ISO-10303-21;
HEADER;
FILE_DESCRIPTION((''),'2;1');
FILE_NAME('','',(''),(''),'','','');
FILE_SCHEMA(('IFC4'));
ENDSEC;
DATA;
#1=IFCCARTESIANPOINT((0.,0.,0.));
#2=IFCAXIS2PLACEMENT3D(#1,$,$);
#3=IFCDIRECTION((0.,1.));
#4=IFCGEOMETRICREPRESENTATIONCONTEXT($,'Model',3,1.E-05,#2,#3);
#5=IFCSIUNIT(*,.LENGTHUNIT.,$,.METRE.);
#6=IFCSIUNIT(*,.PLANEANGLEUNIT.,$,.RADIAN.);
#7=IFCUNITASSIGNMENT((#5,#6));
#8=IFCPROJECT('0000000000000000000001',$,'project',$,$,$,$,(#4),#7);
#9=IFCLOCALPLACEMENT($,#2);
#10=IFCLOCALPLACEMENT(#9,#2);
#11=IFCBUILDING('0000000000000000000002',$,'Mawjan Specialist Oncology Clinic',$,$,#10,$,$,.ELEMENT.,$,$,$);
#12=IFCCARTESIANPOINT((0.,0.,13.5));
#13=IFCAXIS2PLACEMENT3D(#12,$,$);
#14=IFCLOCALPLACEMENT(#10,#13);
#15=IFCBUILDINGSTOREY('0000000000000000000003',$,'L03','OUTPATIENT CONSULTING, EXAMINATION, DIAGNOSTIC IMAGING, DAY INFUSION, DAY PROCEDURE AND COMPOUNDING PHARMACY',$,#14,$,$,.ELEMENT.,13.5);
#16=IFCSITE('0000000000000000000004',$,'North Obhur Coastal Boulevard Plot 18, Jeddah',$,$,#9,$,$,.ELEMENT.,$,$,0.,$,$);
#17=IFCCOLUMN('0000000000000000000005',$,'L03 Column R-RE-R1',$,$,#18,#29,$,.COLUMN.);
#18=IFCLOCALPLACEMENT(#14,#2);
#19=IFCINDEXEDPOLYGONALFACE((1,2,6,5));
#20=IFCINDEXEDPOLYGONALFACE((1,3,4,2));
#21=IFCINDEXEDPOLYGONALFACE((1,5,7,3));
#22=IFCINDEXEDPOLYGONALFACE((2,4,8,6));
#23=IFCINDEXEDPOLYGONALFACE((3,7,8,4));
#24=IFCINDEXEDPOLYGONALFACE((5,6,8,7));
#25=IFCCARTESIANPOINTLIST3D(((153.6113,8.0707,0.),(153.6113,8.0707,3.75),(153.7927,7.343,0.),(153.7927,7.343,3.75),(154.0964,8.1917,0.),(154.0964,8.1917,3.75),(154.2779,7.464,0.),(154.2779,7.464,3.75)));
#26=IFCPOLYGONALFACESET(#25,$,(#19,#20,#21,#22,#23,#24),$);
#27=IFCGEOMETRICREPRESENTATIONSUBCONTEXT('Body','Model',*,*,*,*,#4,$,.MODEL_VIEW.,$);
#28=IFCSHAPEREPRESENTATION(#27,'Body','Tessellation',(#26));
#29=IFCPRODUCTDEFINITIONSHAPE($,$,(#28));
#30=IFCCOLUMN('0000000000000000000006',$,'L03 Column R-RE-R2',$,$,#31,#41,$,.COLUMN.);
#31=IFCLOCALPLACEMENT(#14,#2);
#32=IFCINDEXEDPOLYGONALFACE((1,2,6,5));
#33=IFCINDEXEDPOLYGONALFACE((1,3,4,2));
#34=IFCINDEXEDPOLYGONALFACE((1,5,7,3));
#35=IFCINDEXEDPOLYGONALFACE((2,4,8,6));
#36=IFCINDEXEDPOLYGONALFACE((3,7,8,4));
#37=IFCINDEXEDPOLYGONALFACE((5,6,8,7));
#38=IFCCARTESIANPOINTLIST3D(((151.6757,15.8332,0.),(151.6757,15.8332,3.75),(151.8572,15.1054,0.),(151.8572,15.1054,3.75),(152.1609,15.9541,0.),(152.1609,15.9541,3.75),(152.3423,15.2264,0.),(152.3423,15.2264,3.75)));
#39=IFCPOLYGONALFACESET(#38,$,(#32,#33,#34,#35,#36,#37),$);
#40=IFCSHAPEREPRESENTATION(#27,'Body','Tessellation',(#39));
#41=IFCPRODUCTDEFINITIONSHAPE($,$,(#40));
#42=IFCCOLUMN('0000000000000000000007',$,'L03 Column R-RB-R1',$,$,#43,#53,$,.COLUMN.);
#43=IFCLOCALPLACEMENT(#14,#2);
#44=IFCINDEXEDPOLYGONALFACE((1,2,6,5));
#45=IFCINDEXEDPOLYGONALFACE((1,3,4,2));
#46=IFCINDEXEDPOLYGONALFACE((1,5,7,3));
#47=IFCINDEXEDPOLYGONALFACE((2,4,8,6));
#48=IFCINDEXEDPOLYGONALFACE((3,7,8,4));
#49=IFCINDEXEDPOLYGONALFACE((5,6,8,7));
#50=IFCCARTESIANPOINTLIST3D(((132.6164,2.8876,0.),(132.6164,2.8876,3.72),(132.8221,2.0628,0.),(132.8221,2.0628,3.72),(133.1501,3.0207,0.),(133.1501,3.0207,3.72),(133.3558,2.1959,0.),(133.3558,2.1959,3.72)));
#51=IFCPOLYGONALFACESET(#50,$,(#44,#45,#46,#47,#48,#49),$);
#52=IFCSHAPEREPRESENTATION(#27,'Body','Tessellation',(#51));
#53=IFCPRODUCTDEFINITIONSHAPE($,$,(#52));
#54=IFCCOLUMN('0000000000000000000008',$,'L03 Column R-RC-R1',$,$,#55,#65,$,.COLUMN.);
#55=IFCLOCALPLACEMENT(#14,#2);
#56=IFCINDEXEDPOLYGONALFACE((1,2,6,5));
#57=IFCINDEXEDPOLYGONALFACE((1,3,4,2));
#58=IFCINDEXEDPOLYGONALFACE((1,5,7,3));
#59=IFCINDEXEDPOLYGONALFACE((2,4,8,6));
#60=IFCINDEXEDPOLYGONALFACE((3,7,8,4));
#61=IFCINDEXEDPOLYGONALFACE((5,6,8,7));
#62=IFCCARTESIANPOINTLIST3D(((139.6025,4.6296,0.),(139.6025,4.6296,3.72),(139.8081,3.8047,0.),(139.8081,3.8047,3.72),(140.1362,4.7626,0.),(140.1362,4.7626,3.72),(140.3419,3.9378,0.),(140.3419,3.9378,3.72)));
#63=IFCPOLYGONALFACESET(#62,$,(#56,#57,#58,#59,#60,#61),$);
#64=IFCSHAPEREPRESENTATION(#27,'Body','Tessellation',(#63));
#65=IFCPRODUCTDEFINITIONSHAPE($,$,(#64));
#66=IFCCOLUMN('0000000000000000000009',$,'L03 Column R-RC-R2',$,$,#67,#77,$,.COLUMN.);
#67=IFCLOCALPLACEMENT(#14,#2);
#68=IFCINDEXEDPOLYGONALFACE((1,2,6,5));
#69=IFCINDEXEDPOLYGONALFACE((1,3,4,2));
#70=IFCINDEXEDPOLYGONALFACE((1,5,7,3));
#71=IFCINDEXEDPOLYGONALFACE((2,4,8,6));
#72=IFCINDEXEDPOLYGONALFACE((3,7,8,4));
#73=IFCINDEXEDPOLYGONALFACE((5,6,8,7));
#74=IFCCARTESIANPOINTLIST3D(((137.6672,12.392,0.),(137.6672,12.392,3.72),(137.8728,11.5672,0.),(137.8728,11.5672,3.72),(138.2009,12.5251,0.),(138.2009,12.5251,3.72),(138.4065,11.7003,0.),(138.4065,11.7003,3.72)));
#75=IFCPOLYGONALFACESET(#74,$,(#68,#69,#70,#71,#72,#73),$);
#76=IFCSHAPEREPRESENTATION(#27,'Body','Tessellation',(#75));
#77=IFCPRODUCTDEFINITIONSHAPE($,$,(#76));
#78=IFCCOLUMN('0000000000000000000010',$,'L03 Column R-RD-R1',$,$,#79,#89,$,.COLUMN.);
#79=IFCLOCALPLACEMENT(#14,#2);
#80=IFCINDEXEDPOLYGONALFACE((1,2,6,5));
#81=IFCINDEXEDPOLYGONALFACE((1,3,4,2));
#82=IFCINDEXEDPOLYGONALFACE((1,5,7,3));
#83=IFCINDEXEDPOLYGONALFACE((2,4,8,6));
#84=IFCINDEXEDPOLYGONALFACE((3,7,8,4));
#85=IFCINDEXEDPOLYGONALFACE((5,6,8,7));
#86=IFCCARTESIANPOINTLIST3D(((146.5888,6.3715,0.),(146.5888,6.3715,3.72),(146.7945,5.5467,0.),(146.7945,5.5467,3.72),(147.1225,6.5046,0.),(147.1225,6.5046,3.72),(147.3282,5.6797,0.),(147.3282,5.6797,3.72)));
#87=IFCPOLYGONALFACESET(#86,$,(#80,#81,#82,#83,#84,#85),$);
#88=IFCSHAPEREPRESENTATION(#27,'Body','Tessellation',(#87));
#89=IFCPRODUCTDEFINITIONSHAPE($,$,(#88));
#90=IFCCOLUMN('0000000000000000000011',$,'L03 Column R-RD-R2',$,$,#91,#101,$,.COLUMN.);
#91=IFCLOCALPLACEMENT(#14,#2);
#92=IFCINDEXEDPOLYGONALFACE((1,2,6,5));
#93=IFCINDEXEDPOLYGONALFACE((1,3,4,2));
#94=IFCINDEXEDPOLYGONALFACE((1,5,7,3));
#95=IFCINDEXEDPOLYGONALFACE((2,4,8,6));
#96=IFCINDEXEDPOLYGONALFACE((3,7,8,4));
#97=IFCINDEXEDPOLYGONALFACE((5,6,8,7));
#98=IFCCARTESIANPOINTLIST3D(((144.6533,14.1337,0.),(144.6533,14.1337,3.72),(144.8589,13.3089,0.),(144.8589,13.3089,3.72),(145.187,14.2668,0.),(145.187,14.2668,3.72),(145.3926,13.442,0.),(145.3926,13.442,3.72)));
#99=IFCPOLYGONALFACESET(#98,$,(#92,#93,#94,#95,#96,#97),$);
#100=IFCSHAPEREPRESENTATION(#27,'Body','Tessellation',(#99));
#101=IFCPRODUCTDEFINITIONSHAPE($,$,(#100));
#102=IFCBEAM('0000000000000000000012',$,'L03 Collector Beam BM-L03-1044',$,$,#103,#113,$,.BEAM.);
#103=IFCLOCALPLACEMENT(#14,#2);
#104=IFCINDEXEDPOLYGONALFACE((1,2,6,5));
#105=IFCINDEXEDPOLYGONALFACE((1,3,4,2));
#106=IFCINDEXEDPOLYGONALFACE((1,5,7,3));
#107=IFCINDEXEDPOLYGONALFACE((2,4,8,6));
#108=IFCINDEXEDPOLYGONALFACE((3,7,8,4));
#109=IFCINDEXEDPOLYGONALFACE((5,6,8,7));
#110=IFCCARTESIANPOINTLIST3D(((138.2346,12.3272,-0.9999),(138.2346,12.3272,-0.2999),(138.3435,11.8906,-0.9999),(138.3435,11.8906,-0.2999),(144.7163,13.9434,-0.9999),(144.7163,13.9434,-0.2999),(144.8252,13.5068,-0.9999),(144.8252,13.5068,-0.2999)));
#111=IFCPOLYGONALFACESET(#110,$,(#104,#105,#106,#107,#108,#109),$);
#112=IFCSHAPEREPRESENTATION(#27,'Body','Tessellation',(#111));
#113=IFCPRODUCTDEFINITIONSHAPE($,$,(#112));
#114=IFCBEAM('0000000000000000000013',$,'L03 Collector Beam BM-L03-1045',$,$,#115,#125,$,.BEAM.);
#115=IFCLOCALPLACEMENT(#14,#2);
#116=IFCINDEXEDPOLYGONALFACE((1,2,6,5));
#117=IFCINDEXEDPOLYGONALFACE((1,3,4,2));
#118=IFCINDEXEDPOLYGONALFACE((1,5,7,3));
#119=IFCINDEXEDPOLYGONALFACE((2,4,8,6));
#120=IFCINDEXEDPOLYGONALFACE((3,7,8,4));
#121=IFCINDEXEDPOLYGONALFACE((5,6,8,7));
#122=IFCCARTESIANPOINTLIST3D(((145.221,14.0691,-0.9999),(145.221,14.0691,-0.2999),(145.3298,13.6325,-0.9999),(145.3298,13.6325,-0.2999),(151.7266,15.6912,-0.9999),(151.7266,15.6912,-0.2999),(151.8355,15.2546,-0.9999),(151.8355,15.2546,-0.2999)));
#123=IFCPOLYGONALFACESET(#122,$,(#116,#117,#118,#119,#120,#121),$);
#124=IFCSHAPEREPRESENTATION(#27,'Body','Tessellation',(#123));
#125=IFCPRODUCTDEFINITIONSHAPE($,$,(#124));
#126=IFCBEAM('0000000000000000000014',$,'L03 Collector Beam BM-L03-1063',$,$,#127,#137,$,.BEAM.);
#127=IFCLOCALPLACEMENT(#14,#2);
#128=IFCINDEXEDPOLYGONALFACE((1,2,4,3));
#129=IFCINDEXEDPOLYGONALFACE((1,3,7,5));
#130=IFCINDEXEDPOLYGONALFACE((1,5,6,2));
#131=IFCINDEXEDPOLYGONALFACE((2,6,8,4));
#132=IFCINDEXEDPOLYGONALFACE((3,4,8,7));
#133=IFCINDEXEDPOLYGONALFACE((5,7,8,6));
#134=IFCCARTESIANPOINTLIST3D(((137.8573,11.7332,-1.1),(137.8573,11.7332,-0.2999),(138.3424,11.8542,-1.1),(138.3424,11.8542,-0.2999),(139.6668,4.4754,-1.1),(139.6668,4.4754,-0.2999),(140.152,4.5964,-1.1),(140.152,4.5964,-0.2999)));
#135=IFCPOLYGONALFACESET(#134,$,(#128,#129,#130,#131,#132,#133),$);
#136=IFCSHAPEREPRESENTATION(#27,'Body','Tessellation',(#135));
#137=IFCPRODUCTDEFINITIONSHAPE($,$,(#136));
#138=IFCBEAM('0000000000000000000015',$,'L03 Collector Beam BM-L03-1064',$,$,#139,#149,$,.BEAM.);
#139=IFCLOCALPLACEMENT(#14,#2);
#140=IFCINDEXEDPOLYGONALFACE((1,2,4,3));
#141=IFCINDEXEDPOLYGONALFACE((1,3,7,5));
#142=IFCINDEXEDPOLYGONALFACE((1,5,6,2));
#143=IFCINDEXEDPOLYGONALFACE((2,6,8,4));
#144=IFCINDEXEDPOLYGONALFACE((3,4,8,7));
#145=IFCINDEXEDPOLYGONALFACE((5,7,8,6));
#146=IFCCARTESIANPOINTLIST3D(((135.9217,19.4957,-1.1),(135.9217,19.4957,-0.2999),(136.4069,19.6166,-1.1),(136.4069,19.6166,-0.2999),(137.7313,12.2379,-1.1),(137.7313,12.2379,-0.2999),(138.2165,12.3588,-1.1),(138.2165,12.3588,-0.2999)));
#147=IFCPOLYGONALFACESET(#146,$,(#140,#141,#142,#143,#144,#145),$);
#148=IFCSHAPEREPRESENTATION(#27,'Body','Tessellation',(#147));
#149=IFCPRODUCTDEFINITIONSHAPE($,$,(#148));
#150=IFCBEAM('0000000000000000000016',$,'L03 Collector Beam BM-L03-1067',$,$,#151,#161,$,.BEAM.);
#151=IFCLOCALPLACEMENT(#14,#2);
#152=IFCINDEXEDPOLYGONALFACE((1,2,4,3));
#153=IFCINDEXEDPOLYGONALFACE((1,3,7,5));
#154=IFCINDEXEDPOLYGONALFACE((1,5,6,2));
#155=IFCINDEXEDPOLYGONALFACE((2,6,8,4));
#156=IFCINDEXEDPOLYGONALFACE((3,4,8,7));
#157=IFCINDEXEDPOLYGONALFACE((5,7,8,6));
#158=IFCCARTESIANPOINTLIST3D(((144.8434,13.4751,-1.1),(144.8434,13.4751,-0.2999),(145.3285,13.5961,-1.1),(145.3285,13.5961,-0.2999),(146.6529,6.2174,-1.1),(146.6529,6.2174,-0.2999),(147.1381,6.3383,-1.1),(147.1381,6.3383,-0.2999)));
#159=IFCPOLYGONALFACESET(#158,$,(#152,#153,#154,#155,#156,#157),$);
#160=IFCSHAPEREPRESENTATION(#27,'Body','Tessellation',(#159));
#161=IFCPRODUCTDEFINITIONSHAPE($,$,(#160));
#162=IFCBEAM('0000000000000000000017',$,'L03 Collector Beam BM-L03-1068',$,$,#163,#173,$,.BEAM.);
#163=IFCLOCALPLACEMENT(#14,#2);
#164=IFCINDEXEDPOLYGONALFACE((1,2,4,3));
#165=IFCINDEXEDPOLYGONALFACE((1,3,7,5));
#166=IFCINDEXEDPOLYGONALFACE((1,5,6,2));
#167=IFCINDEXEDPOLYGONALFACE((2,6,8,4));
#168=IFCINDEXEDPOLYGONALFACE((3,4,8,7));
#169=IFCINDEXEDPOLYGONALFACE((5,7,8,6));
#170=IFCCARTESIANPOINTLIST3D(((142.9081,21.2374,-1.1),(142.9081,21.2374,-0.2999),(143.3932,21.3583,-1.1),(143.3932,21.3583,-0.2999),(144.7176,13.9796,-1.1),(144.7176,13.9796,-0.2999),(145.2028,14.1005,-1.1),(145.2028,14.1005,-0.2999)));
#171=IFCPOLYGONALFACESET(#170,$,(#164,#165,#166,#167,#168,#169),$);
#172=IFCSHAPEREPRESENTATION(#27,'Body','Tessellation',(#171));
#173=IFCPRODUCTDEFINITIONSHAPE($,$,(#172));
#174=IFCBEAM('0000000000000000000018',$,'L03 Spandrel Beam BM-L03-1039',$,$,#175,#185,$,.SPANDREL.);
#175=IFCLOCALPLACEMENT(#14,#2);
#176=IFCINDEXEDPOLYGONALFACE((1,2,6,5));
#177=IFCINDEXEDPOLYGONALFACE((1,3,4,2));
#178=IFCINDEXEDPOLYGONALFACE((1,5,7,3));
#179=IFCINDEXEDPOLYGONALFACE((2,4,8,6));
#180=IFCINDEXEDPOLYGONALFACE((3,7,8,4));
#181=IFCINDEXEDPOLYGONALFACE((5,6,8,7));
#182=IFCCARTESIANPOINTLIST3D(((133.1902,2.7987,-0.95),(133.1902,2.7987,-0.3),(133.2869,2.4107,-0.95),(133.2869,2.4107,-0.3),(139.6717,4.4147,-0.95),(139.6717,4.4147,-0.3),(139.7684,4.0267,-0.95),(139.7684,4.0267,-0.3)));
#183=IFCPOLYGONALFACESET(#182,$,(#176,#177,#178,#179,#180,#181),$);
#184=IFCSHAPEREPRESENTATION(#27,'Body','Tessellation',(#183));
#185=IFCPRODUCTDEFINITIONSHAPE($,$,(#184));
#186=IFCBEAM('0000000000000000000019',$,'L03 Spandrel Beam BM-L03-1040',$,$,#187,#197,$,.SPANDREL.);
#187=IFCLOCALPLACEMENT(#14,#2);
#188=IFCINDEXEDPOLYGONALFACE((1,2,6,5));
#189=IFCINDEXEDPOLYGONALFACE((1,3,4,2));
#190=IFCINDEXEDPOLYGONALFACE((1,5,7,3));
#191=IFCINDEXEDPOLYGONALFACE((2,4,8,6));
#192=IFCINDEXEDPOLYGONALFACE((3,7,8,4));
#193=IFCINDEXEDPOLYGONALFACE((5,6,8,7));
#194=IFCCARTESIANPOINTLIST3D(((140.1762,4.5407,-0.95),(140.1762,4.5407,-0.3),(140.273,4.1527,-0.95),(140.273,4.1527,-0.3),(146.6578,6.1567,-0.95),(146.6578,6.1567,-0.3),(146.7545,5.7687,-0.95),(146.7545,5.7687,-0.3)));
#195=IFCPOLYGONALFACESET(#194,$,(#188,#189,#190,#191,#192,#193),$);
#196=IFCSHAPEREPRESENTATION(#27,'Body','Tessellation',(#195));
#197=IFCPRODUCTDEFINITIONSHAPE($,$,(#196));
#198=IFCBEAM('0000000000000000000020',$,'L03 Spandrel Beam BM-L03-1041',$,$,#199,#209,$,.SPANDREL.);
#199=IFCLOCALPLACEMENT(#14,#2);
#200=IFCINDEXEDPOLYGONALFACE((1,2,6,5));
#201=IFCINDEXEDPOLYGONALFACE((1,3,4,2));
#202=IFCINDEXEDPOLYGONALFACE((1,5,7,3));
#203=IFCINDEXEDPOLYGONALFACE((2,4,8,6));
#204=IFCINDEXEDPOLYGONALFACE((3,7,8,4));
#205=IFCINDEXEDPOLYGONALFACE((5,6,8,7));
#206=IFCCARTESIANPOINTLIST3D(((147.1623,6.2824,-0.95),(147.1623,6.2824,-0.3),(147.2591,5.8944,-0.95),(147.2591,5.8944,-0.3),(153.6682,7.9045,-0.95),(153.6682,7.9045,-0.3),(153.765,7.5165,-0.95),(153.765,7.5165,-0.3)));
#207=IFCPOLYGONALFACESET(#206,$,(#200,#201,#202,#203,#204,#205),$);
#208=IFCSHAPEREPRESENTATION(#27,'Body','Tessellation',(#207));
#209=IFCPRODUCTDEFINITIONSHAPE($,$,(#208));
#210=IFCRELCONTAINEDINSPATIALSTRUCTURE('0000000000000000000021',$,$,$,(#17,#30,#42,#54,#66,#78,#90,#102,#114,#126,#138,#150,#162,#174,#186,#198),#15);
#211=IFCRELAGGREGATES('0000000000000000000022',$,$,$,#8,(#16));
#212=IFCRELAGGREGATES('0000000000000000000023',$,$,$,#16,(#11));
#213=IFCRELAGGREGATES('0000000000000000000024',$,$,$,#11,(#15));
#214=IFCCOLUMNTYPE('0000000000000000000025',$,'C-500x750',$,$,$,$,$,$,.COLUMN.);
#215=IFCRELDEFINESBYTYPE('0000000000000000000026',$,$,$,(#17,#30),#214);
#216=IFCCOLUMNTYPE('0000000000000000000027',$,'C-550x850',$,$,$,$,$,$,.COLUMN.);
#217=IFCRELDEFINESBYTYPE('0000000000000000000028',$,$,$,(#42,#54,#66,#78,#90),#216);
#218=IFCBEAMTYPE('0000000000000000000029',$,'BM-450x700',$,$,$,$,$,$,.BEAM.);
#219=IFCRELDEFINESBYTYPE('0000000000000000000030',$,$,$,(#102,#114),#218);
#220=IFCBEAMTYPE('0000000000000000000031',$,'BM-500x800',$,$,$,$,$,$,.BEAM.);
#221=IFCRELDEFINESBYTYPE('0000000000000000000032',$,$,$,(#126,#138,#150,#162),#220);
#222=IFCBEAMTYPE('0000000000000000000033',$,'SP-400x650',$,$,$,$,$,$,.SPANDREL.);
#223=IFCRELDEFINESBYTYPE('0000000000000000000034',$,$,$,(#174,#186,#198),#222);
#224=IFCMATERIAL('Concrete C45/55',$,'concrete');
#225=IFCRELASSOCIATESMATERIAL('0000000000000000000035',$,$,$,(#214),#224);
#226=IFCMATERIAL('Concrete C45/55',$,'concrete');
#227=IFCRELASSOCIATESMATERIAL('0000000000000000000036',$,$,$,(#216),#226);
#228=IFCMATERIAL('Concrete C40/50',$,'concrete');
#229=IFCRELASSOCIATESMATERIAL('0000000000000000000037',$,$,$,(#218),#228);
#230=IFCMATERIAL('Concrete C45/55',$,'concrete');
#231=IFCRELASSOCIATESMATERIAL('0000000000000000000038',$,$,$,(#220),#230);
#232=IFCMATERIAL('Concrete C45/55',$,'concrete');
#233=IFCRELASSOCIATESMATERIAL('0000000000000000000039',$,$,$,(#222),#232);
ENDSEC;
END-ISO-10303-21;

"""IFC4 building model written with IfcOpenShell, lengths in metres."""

from ifc_helpers import new_model, si_unit, direction, frame, origin, origin_2d, place, context, subcontext, project, spatial, rectangle, extrude, material, material_profile, profile_set, type_object, element, save


model = new_model("IFC4")

# Units and contexts
model_context = context("Model", 3, precision=1e-05, world=origin(), true_north=direction((0.0, 1.0)))
body_context = subcontext(model_context, "Body", "Model", "MODEL_VIEW")
ifc_project = project(units=[si_unit("LENGTHUNIT", "METRE"), si_unit("PLANEANGLEUNIT", "RADIAN")], contexts=[model_context])

# Site, building, storey
site_placement = place(None, origin())
site = spatial("IfcSite", under=ifc_project, at=site_placement, Name="North Obhur Coastal Boulevard Plot 18, Jeddah", CompositionType="ELEMENT", RefElevation=0.0)
building_placement = place(site_placement, origin())
building = spatial("IfcBuilding", under=site, at=building_placement, Name="Mawjan Specialist Oncology Clinic", CompositionType="ELEMENT")
storey_placement = place(building_placement, frame((0.0, 0.0, 13.5)))
storey = spatial("IfcBuildingStorey", under=building, at=storey_placement, Name="L03", Description="OUTPATIENT CONSULTING, EXAMINATION, DIAGNOSTIC IMAGING, DAY INFUSION, DAY PROCEDURE AND COMPOUNDING PHARMACY", CompositionType="ELEMENT", Elevation=13.5)

# Columns
ifc_material_1 = material(Name="Concrete C45/55", Category="concrete")
ifc_material_profile_1 = material_profile(ifc_material_1, rectangle(XDim=0.5, YDim=0.75, at=origin_2d()), Name="RC COL 500x750", Category="concrete")
ifc_profile_set_1 = profile_set([ifc_material_profile_1], Name="Concrete C45/55")
column_type_1 = type_object("IfcColumnType", Name="C-500x750", PredefinedType="COLUMN", material=ifc_profile_set_1)
for number, where, z_axis, x_axis, name in (
    (1, (153.9446, 7.7673, 0.0), (0.0, 0.0, 1.0), (0.970296, 0.241922, 0.0), "L03 Column R-RE-R1"),
    (2, (152.009, 15.5298, 0.0), (0.0, 0.0, 1.0), (0.970296, 0.241922, 0.0), "L03 Column R-RE-R2"),
):
    element("IfcColumn", number, at=place(storey_placement, frame(where, z_axis=z_axis, x_axis=x_axis)), inside=storey, type_object=column_type_1, Name=name, PredefinedType="COLUMN", context=body_context, shape_type="SweptSolid", body=[
        extrude(rectangle(XDim=0.5, YDim=0.75, at=origin_2d()), origin(), (0.0, 0.0, 1.0), 3.75),
    ])
ifc_material_2 = material(Name="Concrete C45/55", Category="concrete")
ifc_material_profile_2 = material_profile(ifc_material_2, rectangle(XDim=0.55, YDim=0.8501, at=origin_2d()), Name="RC COL 550x850", Category="concrete")
ifc_profile_set_2 = profile_set([ifc_material_profile_2], Name="Concrete C45/55")
column_type_2 = type_object("IfcColumnType", Name="C-550x850", PredefinedType="COLUMN", material=ifc_profile_set_2)
for number, where, z_axis, x_axis, name in (
    (3, (132.9861, 2.5417, 0.0), (0.0, 0.0, 1.0), (0.970296, 0.241922, 0.0), "L03 Column R-RB-R1"),
    (4, (139.9722, 4.2837, 0.0), (0.0, 0.0, 1.0), (0.970296, 0.241922, 0.0), "L03 Column R-RC-R1"),
    (5, (138.0369, 12.0461, 0.0), (0.0, 0.0, 1.0), (0.970296, 0.241922, 0.0), "L03 Column R-RC-R2"),
    (6, (146.9585, 6.0256, 0.0), (0.0, 0.0, 1.0), (0.970296, 0.241922, 0.0), "L03 Column R-RD-R1"),
    (7, (145.0229, 13.7878, 0.0), (0.0, 0.0, 1.0), (0.970296, 0.241922, 0.0), "L03 Column R-RD-R2"),
):
    element("IfcColumn", number, at=place(storey_placement, frame(where, z_axis=z_axis, x_axis=x_axis)), inside=storey, type_object=column_type_2, Name=name, PredefinedType="COLUMN", context=body_context, shape_type="SweptSolid", body=[
        extrude(rectangle(XDim=0.55, YDim=0.8501, at=origin_2d()), origin(), (0.0, 0.0, 1.0), 3.72),
    ])

# Beams
ifc_material_3 = material(Name="Concrete C40/50", Category="concrete")
ifc_material_profile_3 = material_profile(ifc_material_3, rectangle(XDim=0.45, YDim=0.7, at=origin_2d()), Name="RC BM 450x700", Category="concrete")
ifc_profile_set_3 = profile_set([ifc_material_profile_3], Name="Concrete C40/50")
beam_type_1 = type_object("IfcBeamType", Name="BM-450x700", PredefinedType="BEAM", material=ifc_profile_set_3)
beam_1_placement = place(storey_placement, frame((138.2891, 12.1089, -0.6499), z_axis=(0.970291, 0.241942, 0.0), x_axis=(-0.241942, 0.970291, 0.0)))
element("IfcBeam", 8, at=beam_1_placement, inside=storey, type_object=beam_type_1, Name="L03 Collector Beam BM-L03-1044", PredefinedType="BEAM", context=body_context, shape_type="SweptSolid", body=[
    extrude(rectangle(XDim=0.45, YDim=0.7, at=origin_2d()), origin(), (0.0, 0.0, 1.0), 6.6802),
])
beam_2_placement = place(storey_placement, frame((145.2754, 13.8508, -0.6499), z_axis=(0.970294, 0.241927, 0.0), x_axis=(-0.241927, 0.970294, 0.0)))
element("IfcBeam", 9, at=beam_2_placement, inside=storey, type_object=beam_type_1, Name="L03 Collector Beam BM-L03-1045", PredefinedType="BEAM", context=body_context, shape_type="SweptSolid", body=[
    extrude(rectangle(XDim=0.45, YDim=0.7, at=origin_2d()), origin(), (0.0, 0.0, 1.0), 6.7048),
])
ifc_material_4 = material(Name="Concrete C45/55", Category="concrete")
ifc_material_profile_4 = material_profile(ifc_material_4, rectangle(XDim=0.5, YDim=0.8, at=origin_2d()), Name="RC BM 500x800", Category="concrete")
ifc_profile_set_4 = profile_set([ifc_material_profile_4], Name="Concrete C45/55")
beam_type_2 = type_object("IfcBeamType", Name="BM-500x800", PredefinedType="BEAM", material=ifc_profile_set_4)
for number, where, z_axis, x_axis, name in (
    (10, (139.9094, 4.5359, -0.7), (-0.241921, 0.970296, 0.0), (-0.970296, -0.241921, 0.0), "L03 Collector Beam BM-L03-1063"),
    (11, (137.9739, 12.2983, -0.7), (-0.241921, 0.970296, 0.0), (-0.970296, -0.241921, 0.0), "L03 Collector Beam BM-L03-1064"),
    (12, (146.8955, 6.2778, -0.7), (-0.241921, 0.970296, 0.0), (-0.970296, -0.241921, 0.0), "L03 Collector Beam BM-L03-1067"),
    (13, (144.9602, 14.04, -0.7), (-0.241921, 0.970296, 0.0), (-0.970296, -0.241921, 0.0), "L03 Collector Beam BM-L03-1068"),
):
    element("IfcBeam", number, at=place(storey_placement, frame(where, z_axis=z_axis, x_axis=x_axis)), inside=storey, type_object=beam_type_2, Name=name, PredefinedType="BEAM", context=body_context, shape_type="SweptSolid", body=[
        extrude(rectangle(XDim=0.5, YDim=0.8, at=origin_2d()), origin(), (0.0, 0.0, 1.0), 7.48),
    ])
ifc_material_5 = material(Name="Concrete C45/55", Category="concrete")
ifc_material_profile_5 = material_profile(ifc_material_5, rectangle(XDim=0.3999, YDim=0.6499, at=origin_2d()), Name="RC BM 400x650", Category="concrete")
ifc_profile_set_5 = profile_set([ifc_material_profile_5], Name="Concrete C45/55")
beam_type_3 = type_object("IfcBeamType", Name="SP-400x650", PredefinedType="SPANDREL", material=ifc_profile_set_5)
for number, where, z_axis, x_axis, name in (
    (14, (133.2385, 2.6047, -0.625), (0.970297, 0.241916, 0.0), (-0.241916, 0.970297, 0.0), "L03 Spandrel Beam BM-L03-1039"),
    (15, (140.2246, 4.3467, -0.625), (0.970297, 0.241916, 0.0), (-0.241916, 0.970297, 0.0), "L03 Spandrel Beam BM-L03-1040"),
):
    element("IfcBeam", number, at=place(storey_placement, frame(where, z_axis=z_axis, x_axis=x_axis)), inside=storey, type_object=beam_type_3, Name=name, PredefinedType="SPANDREL", context=body_context, shape_type="SweptSolid", body=[
        extrude(rectangle(XDim=0.3999, YDim=0.6499, at=origin_2d()), origin(), (0.0, 0.0, 1.0), 6.6799),
    ])
beam_3_placement = place(storey_placement, frame((147.2107, 6.0884, -0.625), z_axis=(0.970297, 0.241919, 0.0), x_axis=(-0.241919, 0.970297, 0.0)))
element("IfcBeam", 16, at=beam_3_placement, inside=storey, type_object=beam_type_3, Name="L03 Spandrel Beam BM-L03-1041", PredefinedType="SPANDREL", context=body_context, shape_type="SweptSolid", body=[
    extrude(rectangle(XDim=0.3999, YDim=0.6499, at=origin_2d()), origin(), (0.0, 0.0, 1.0), 6.7051),
])

save(model, "model.ifc")
